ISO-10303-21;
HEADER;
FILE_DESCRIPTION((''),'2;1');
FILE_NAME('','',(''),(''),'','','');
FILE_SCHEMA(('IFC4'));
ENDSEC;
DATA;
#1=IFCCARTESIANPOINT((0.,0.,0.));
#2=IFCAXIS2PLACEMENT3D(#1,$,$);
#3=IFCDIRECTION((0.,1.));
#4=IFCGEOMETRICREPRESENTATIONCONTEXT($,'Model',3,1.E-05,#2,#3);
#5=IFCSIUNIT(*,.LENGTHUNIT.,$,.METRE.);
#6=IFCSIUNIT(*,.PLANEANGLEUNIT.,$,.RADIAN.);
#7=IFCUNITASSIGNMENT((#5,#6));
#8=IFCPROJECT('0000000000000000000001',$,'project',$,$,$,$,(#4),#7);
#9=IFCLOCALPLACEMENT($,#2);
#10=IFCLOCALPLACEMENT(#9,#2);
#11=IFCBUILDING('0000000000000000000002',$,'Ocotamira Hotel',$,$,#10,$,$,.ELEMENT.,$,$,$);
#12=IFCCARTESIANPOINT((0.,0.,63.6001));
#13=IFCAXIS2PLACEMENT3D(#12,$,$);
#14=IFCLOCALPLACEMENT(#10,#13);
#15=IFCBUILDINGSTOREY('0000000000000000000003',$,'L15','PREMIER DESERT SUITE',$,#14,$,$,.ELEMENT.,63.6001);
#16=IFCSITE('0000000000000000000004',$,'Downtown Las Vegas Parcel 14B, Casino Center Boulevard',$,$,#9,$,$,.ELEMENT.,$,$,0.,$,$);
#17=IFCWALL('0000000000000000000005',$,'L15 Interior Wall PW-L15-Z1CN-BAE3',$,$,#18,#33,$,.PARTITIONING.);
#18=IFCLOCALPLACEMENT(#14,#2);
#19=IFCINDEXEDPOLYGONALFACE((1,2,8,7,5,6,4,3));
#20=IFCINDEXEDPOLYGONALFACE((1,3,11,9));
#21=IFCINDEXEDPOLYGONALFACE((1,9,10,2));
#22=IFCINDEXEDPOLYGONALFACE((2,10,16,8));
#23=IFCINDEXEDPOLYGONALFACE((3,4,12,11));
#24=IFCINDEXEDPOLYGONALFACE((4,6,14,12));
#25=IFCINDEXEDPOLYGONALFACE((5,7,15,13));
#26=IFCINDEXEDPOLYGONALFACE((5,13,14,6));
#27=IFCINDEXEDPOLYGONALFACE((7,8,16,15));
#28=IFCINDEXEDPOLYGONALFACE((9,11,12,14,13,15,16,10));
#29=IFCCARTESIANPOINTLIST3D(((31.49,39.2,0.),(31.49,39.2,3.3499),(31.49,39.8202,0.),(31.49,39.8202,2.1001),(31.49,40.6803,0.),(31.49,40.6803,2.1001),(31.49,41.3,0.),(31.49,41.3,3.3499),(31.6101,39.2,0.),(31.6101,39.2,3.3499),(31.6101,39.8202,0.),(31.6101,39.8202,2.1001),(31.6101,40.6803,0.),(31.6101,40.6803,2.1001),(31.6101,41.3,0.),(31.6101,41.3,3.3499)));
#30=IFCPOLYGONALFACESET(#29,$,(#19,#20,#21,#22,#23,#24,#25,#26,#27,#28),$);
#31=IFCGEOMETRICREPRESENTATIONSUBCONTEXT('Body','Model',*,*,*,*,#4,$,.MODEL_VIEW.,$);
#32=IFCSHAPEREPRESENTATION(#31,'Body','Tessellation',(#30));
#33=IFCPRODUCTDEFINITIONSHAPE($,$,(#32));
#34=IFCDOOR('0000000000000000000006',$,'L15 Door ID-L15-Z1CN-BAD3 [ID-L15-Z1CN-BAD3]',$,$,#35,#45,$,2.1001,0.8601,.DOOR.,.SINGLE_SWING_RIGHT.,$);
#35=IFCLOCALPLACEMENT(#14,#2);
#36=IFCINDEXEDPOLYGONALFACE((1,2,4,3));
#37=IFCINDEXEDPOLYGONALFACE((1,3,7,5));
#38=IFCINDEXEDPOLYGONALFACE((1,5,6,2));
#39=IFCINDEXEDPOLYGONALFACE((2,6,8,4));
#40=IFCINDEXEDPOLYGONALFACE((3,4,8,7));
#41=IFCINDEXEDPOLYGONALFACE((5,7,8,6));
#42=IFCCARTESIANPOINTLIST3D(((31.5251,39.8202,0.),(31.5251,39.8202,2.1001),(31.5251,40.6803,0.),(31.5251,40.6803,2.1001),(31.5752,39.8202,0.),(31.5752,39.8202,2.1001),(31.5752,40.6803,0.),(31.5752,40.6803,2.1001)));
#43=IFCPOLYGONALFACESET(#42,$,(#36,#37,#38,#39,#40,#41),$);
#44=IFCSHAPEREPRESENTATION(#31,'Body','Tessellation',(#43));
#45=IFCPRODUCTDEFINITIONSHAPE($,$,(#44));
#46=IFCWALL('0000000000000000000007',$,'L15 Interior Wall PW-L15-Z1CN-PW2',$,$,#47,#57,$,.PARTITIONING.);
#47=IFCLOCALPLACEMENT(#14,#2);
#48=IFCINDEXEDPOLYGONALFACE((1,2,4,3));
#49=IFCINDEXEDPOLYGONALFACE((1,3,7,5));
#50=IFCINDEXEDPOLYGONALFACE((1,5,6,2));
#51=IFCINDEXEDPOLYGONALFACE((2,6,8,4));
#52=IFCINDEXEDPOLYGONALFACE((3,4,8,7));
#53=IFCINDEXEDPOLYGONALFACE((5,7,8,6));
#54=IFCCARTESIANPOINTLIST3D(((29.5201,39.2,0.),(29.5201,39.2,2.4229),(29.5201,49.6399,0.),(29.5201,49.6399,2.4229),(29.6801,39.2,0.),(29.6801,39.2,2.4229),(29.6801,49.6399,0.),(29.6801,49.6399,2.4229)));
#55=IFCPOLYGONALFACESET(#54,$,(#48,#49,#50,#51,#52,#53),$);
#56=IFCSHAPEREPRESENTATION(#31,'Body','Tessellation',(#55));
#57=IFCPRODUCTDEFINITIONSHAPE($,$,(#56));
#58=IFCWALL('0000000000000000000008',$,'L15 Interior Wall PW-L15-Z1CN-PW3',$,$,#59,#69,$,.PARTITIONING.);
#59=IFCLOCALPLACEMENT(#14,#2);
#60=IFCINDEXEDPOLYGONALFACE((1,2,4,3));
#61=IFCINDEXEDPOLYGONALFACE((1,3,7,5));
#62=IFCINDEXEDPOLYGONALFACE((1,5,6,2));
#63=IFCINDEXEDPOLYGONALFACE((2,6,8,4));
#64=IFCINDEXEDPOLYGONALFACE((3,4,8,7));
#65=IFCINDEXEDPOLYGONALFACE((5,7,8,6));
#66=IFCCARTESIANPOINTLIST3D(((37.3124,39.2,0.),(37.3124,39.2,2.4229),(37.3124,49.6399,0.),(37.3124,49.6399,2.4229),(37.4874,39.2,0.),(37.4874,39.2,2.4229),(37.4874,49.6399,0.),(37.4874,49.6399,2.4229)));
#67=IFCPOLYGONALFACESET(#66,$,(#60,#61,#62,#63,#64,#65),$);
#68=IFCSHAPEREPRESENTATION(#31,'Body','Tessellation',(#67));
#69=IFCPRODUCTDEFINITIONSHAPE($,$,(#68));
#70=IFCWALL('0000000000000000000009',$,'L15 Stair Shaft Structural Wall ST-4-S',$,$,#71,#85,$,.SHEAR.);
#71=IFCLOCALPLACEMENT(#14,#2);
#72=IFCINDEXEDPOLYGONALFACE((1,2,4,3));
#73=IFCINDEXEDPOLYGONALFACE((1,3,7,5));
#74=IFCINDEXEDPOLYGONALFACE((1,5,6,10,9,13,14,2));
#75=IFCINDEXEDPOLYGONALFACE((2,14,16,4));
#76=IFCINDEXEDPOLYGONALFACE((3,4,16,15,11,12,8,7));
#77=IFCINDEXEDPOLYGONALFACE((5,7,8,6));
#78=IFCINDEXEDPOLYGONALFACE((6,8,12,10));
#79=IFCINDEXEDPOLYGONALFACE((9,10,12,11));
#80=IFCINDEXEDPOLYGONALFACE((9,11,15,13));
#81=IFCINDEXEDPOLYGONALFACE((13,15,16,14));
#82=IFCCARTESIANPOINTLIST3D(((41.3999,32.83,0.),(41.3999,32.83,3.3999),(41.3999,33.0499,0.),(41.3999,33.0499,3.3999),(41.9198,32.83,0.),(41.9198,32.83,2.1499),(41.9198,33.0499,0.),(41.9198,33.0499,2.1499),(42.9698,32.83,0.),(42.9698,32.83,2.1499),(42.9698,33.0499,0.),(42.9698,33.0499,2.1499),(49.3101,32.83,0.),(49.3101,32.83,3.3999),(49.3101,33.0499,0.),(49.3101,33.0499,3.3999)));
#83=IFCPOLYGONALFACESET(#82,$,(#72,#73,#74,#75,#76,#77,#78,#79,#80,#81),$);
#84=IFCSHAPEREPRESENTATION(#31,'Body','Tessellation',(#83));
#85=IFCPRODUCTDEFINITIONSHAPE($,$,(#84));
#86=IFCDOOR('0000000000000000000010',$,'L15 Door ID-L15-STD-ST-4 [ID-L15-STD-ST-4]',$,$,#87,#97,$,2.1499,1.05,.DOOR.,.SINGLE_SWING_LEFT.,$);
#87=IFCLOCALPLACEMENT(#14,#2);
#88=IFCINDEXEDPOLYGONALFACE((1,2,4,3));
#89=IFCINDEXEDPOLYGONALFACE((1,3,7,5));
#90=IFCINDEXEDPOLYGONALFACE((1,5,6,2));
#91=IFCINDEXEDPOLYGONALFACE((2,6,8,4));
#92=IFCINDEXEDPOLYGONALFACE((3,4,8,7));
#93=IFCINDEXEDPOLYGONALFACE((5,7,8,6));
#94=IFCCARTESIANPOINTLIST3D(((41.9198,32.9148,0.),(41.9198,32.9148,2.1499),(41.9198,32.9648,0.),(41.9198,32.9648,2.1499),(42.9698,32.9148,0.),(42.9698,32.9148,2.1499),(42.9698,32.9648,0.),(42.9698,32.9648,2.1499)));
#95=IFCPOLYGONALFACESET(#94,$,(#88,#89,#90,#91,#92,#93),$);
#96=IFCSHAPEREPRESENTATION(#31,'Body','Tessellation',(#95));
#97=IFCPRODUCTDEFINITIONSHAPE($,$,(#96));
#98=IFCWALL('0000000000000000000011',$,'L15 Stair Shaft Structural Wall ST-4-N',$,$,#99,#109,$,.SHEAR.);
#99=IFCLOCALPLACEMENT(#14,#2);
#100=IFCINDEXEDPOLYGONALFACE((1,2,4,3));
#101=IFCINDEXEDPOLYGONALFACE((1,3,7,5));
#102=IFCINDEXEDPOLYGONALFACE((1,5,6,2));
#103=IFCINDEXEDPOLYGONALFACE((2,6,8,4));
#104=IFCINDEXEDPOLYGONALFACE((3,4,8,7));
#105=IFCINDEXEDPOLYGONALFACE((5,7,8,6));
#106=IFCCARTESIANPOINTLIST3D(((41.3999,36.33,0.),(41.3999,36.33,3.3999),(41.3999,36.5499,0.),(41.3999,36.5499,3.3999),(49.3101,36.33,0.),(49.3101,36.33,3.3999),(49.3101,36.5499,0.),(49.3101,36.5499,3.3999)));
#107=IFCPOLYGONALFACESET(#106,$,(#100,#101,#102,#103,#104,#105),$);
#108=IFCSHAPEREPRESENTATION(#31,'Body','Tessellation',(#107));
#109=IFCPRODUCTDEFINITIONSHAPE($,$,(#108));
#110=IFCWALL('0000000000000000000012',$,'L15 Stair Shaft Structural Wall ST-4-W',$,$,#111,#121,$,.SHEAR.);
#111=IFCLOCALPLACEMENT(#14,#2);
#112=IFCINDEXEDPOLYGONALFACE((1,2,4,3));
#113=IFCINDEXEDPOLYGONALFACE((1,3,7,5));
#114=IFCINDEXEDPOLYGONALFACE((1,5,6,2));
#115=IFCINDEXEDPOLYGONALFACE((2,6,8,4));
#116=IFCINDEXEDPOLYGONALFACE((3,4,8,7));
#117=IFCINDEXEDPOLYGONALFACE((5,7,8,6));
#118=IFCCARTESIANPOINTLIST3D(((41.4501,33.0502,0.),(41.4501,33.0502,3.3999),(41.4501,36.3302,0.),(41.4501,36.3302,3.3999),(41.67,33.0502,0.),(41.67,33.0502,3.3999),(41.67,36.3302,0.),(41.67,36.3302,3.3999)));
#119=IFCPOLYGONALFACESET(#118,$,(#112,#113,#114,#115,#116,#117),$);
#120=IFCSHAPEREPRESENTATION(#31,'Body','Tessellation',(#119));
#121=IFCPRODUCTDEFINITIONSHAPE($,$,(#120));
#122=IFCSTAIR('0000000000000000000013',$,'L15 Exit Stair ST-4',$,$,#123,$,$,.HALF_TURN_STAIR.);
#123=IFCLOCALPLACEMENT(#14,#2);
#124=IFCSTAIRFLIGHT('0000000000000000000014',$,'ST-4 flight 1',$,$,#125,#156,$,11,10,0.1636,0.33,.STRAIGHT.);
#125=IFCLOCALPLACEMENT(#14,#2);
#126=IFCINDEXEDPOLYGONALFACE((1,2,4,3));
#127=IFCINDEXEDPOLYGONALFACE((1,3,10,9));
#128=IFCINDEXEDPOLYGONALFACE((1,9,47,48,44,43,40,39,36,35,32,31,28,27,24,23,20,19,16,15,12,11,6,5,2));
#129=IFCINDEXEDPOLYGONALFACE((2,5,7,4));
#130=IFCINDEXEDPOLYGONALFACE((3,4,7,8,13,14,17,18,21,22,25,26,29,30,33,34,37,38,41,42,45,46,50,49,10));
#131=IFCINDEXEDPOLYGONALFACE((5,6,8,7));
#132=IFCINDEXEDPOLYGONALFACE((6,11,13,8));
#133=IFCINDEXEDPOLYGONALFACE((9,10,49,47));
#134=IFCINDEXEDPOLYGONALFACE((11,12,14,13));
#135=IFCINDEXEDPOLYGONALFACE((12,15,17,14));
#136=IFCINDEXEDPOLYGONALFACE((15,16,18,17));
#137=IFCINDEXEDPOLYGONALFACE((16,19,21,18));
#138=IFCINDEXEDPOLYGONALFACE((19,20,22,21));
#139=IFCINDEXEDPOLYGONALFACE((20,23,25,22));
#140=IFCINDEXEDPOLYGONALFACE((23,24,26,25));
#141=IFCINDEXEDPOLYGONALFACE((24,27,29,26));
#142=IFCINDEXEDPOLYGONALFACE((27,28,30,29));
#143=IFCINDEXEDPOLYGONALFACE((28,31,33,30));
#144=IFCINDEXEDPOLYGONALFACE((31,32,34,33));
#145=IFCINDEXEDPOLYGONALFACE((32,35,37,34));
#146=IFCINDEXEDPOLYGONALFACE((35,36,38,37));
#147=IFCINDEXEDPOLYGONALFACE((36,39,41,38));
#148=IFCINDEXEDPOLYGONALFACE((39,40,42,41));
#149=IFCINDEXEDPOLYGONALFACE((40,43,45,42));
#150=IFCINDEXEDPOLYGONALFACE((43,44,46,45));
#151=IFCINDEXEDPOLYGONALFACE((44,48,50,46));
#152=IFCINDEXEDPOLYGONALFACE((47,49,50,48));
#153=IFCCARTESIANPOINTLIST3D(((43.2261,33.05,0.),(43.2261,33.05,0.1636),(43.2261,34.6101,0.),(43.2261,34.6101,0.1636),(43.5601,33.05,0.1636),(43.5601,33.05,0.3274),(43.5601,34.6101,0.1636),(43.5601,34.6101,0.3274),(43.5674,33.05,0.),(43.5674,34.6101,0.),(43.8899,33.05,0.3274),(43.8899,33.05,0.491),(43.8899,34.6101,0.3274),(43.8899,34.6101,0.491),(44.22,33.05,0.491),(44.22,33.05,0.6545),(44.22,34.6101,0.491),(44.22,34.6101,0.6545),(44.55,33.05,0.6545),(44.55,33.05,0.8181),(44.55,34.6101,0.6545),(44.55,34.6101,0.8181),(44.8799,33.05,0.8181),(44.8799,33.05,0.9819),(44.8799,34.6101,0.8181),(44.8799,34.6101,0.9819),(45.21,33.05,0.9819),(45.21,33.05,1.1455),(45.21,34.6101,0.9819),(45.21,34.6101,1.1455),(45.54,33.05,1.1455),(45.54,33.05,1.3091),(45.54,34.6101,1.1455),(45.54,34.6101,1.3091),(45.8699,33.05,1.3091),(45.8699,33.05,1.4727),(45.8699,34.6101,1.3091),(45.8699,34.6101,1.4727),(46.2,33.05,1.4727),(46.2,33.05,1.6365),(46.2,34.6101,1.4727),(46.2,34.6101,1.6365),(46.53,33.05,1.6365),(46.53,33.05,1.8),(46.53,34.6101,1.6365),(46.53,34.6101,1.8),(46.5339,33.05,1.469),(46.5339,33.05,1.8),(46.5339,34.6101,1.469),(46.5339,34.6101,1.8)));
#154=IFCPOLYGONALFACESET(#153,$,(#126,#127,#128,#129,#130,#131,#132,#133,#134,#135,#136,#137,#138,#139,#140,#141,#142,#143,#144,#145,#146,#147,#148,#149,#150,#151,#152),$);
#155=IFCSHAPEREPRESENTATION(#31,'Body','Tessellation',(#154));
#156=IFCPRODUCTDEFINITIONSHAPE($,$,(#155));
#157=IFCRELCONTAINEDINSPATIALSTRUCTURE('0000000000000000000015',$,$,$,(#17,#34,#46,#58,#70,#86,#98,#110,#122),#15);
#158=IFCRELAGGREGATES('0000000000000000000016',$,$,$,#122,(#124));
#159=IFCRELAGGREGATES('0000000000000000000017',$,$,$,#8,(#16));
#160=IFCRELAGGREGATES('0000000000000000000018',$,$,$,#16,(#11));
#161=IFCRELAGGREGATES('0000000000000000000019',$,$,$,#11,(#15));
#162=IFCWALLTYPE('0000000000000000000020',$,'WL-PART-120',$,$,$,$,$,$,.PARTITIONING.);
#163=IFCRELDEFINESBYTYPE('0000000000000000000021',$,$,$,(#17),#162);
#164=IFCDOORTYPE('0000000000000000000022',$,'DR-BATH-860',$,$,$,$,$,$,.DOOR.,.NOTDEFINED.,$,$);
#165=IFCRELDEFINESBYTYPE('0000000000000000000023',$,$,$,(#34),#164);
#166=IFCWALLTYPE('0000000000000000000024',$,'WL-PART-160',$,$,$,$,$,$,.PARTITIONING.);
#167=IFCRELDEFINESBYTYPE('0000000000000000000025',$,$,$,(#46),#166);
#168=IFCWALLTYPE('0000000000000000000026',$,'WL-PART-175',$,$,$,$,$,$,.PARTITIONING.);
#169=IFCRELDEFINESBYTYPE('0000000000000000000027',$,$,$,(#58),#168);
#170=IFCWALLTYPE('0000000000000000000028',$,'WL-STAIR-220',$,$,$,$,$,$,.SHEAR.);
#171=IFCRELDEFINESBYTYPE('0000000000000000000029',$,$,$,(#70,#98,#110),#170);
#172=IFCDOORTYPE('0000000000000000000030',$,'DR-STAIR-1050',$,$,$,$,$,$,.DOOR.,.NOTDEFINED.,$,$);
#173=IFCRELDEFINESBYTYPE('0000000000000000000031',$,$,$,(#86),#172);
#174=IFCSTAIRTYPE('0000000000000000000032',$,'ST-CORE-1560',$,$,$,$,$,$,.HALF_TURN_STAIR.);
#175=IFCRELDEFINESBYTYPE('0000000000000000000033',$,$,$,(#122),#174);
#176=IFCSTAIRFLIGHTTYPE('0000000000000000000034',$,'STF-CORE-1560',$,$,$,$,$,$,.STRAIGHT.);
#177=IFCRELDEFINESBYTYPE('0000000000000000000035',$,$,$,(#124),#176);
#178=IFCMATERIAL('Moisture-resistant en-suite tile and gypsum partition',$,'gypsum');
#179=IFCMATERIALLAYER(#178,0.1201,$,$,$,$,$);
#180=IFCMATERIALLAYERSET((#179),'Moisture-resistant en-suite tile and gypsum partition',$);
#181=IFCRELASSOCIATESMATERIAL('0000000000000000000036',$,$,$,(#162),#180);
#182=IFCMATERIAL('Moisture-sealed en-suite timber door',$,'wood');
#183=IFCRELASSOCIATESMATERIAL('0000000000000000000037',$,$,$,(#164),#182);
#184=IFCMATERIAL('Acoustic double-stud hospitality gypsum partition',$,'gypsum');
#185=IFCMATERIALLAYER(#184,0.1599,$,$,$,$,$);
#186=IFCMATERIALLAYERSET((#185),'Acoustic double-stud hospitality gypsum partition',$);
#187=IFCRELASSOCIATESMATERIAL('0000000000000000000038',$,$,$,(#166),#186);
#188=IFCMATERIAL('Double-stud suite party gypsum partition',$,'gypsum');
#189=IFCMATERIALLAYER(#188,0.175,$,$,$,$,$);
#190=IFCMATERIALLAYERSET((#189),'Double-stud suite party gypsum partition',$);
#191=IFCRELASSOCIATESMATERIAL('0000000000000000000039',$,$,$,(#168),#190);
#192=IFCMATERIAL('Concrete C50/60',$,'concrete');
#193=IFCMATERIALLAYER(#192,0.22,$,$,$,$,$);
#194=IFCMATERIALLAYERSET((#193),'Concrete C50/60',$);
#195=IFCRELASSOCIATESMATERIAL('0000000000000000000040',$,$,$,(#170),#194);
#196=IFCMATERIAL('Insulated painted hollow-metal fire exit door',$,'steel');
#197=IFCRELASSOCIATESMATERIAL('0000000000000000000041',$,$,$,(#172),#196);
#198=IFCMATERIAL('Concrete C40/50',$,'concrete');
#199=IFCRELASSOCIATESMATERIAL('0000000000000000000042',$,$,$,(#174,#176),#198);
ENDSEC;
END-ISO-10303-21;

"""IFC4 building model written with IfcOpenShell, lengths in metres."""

from ifc_helpers import new_model, si_unit, direction, frame, frame_2d, origin, place, context, subcontext, project, spatial, polyline, rectangle, outline, extrude, source, transform, mapped, material, layer, layer_set, type_object, element, fill, aggregate, save


model = new_model("IFC4")

# Units and contexts
model_context = context("Model", 3, precision=1e-05, world=origin(), true_north=direction((0.0, 1.0)))
body_context = subcontext(model_context, "Body", "Model", "MODEL_VIEW")
ifc_project = project(units=[si_unit("LENGTHUNIT", "METRE"), si_unit("PLANEANGLEUNIT", "RADIAN")], contexts=[model_context])

# Site, building, storey
site_placement = place(None, origin())
site = spatial("IfcSite", under=ifc_project, at=site_placement, Name="Downtown Las Vegas Parcel 14B, Casino Center Boulevard", CompositionType="ELEMENT", RefElevation=0.0)
building_placement = place(site_placement, origin())
building = spatial("IfcBuilding", under=site, at=building_placement, Name="Ocotamira Hotel", CompositionType="ELEMENT")
storey_placement = place(building_placement, frame((0.0, 0.0, 63.6001)))
storey = spatial("IfcBuildingStorey", under=building, at=storey_placement, Name="L15", Description="PREMIER DESERT SUITE", CompositionType="ELEMENT", Elevation=63.6001)

# Wall, opening, door
ifc_material_1 = material(Name="Moisture-resistant en-suite tile and gypsum partition", Category="gypsum")
ifc_layer_1 = layer(ifc_material_1, 0.1201)
ifc_layer_set_1 = layer_set([ifc_layer_1], Name="Moisture-resistant en-suite tile and gypsum partition")
wall_type_1 = type_object("IfcWallType", Name="WL-PART-120", PredefinedType="PARTITIONING", material=ifc_layer_set_1)
wall_1_placement = place(storey_placement, frame((31.55, 39.2, 0.0), z_axis=(0.0, 0.0, 1.0), x_axis=(0.0, 1.0, 0.0)))
wall_1 = element("IfcWall", 1, at=wall_1_placement, inside=storey, type_object=wall_type_1, Name="L15 Interior Wall PW-L15-Z1CN-BAE3", PredefinedType="PARTITIONING", context=body_context, shape_type="SweptSolid", body=[
    extrude(rectangle(XDim=2.1001, YDim=0.1201, at=frame_2d((1.05, 0.0))), origin(), (0.0, 0.0, 1.0), 3.3499),
])
opening_1_placement = place(wall_1_placement, frame((0.6201, 0.0, 0.0)))
opening_1 = element("IfcOpeningElement", 2, at=opening_1_placement, cuts=wall_1, PredefinedType="OPENING", context=body_context, shape_type="SweptSolid", body=[
    extrude(rectangle(XDim=0.8601, YDim=2.1001, at=frame_2d((0.4302, 1.05))), frame((0.0, 0.0701, 0.0), z_axis=(0.0, -1.0, 0.0), x_axis=(1.0, 0.0, 0.0)), (0.0, 0.0, 1.0), 0.1401),
])
ifc_material_2 = material(Name="Moisture-sealed en-suite timber door", Category="wood")
door_type_1 = type_object("IfcDoorType", Name="DR-BATH-860", OperationType="NOTDEFINED", PredefinedType="DOOR", material=ifc_material_2)
shared_shape_1 = source(origin(), body_context, "Body", "SweptSolid", [
    extrude(rectangle(XDim=0.8601, YDim=2.1001, at=frame_2d((0.4302, 1.05))), frame((0.0, 0.0249, 0.0), z_axis=(0.0, -1.0, 0.0), x_axis=(1.0, 0.0, 0.0)), (0.0, 0.0, 1.0), 0.05),
])
door_1_placement = place(opening_1_placement, origin())
door_1 = element("IfcDoor", 3, at=door_1_placement, inside=storey, type_object=door_type_1, Name="L15 Door ID-L15-Z1CN-BAD3 [ID-L15-Z1CN-BAD3]", OperationType="SINGLE_SWING_RIGHT", OverallHeight=2.1001, OverallWidth=0.8601, PredefinedType="DOOR", context=body_context, shape_type="MappedRepresentation", body=[
    mapped(shared_shape_1, transform((0.0, 0.0, 0.0), scale=1.0)),
])
fill(opening_1, door_1)

# Walls
ifc_material_3 = material(Name="Acoustic double-stud hospitality gypsum partition", Category="gypsum")
ifc_layer_2 = layer(ifc_material_3, 0.1599)
ifc_layer_set_2 = layer_set([ifc_layer_2], Name="Acoustic double-stud hospitality gypsum partition")
wall_type_2 = type_object("IfcWallType", Name="WL-PART-160", PredefinedType="PARTITIONING", material=ifc_layer_set_2)
wall_2_placement = place(storey_placement, frame((29.6001, 39.2, 0.0), z_axis=(0.0, 0.0, 1.0), x_axis=(0.0, 1.0, 0.0)))
element("IfcWall", 4, at=wall_2_placement, inside=storey, type_object=wall_type_2, Name="L15 Interior Wall PW-L15-Z1CN-PW2", PredefinedType="PARTITIONING", context=body_context, shape_type="SweptSolid", body=[
    extrude(rectangle(XDim=10.4399, YDim=0.1599, at=frame_2d((5.22, 0.0))), origin(), (0.0, 0.0, 1.0), 2.4229),
])
ifc_material_4 = material(Name="Double-stud suite party gypsum partition", Category="gypsum")
ifc_layer_3 = layer(ifc_material_4, 0.175)
ifc_layer_set_3 = layer_set([ifc_layer_3], Name="Double-stud suite party gypsum partition")
wall_type_3 = type_object("IfcWallType", Name="WL-PART-175", PredefinedType="PARTITIONING", material=ifc_layer_set_3)
wall_3_placement = place(storey_placement, frame((37.3999, 39.2, 0.0), z_axis=(0.0, 0.0, 1.0), x_axis=(0.0, 1.0, 0.0)))
element("IfcWall", 5, at=wall_3_placement, inside=storey, type_object=wall_type_3, Name="L15 Interior Wall PW-L15-Z1CN-PW3", PredefinedType="PARTITIONING", context=body_context, shape_type="SweptSolid", body=[
    extrude(rectangle(XDim=10.4399, YDim=0.175, at=frame_2d((5.22, 0.0))), origin(), (0.0, 0.0, 1.0), 2.4229),
])

# Wall, opening, door
ifc_material_5 = material(Name="Concrete C50/60", Category="concrete")
ifc_layer_4 = layer(ifc_material_5, 0.22)
ifc_layer_set_4 = layer_set([ifc_layer_4], Name="Concrete C50/60")
wall_type_4 = type_object("IfcWallType", Name="WL-STAIR-220", PredefinedType="SHEAR", material=ifc_layer_set_4)
wall_4_placement = place(storey_placement, frame((41.3999, 32.9399, 0.0), z_axis=(0.0, 0.0, 1.0), x_axis=(1.0, 0.0, 0.0)))
wall_4 = element("IfcWall", 6, at=wall_4_placement, inside=storey, type_object=wall_type_4, Name="L15 Stair Shaft Structural Wall ST-4-S", PredefinedType="SHEAR", context=body_context, shape_type="SweptSolid", body=[
    extrude(rectangle(XDim=7.9102, YDim=0.22, at=frame_2d((3.9551, 0.0))), origin(), (0.0, 0.0, 1.0), 3.3999),
])
opening_2_placement = place(wall_4_placement, frame((0.52, 0.0, 0.0)))
opening_2 = element("IfcOpeningElement", 7, at=opening_2_placement, cuts=wall_4, PredefinedType="OPENING", context=body_context, shape_type="SweptSolid", body=[
    extrude(rectangle(XDim=1.05, YDim=2.1499, at=frame_2d((0.5249, 1.075))), frame((0.0, 0.1201, 0.0), z_axis=(0.0, -1.0, 0.0), x_axis=(1.0, 0.0, 0.0)), (0.0, 0.0, 1.0), 0.24),
])
ifc_material_6 = material(Name="Insulated painted hollow-metal fire exit door", Category="steel")
door_type_2 = type_object("IfcDoorType", Name="DR-STAIR-1050", OperationType="NOTDEFINED", PredefinedType="DOOR", material=ifc_material_6)
shared_shape_2 = source(origin(), body_context, "Body", "SweptSolid", [
    extrude(rectangle(XDim=1.05, YDim=2.1499, at=frame_2d((0.5249, 1.075))), frame((0.0, 0.0249, 0.0), z_axis=(0.0, -1.0, 0.0), x_axis=(1.0, 0.0, 0.0)), (0.0, 0.0, 1.0), 0.05),
])
door_2_placement = place(opening_2_placement, origin())
door_2 = element("IfcDoor", 8, at=door_2_placement, inside=storey, type_object=door_type_2, Name="L15 Door ID-L15-STD-ST-4 [ID-L15-STD-ST-4]", OperationType="SINGLE_SWING_LEFT", OverallHeight=2.1499, OverallWidth=1.05, PredefinedType="DOOR", context=body_context, shape_type="MappedRepresentation", body=[
    mapped(shared_shape_2, transform((0.0, 0.0, 0.0), scale=1.0)),
])
fill(opening_2, door_2)

# Walls
wall_5_placement = place(storey_placement, frame((41.3999, 36.4399, 0.0), z_axis=(0.0, 0.0, 1.0), x_axis=(1.0, 0.0, 0.0)))
element("IfcWall", 9, at=wall_5_placement, inside=storey, type_object=wall_type_4, Name="L15 Stair Shaft Structural Wall ST-4-N", PredefinedType="SHEAR", context=body_context, shape_type="SweptSolid", body=[
    extrude(rectangle(XDim=7.9102, YDim=0.22, at=frame_2d((3.9551, 0.0))), origin(), (0.0, 0.0, 1.0), 3.3999),
])
wall_6_placement = place(storey_placement, frame((41.5601, 33.05, 0.0), z_axis=(0.0, 0.0, 1.0), x_axis=(0.0, 1.0, 0.0)))
element("IfcWall", 10, at=wall_6_placement, inside=storey, type_object=wall_type_4, Name="L15 Stair Shaft Structural Wall ST-4-W", PredefinedType="SHEAR", context=body_context, shape_type="SweptSolid", body=[
    extrude(rectangle(XDim=3.28, YDim=0.22, at=frame_2d((1.6401, 0.0))), origin(), (0.0, 0.0, 1.0), 3.3999),
])

# Stair, stair flight
ifc_material_7 = material(Name="Concrete C40/50", Category="concrete")
stair_type = type_object("IfcStairType", Name="ST-CORE-1560", PredefinedType="HALF_TURN_STAIR", material=ifc_material_7)
stair_placement = place(storey_placement, origin())
stair = element("IfcStair", 11, at=stair_placement, inside=storey, type_object=stair_type, Name="L15 Exit Stair ST-4", PredefinedType="HALF_TURN_STAIR")
stair_flight_type = type_object("IfcStairFlightType", Name="STF-CORE-1560", PredefinedType="STRAIGHT", material=ifc_material_7)
shared_shape_3 = source(origin(), body_context, "Body", "SweptSolid", [
    extrude(outline(polyline([(-0.0039, 0.0), (-0.0039, 0.1636), (0.3301, 0.1636), (0.3301, 0.3274), (0.6599, 0.3274), (0.6599, 0.491), (0.99, 0.491), (0.99, 0.6545), (1.3201, 0.6545), (1.3201, 0.8181), (1.6499, 0.8181), (1.6499, 0.9819), (1.98, 0.9819), (1.98, 1.1455), (2.3101, 1.1455), (2.3101, 1.3091), (2.6399, 1.3091), (2.6399, 1.4727), (2.97, 1.4727), (2.97, 1.6365), (3.3, 1.6365), (3.3, 1.8), (3.304, 1.8), (3.304, 1.469), (0.3374, 0.0), (-0.0039, 0.0)])), frame((0.0, 0.78, 0.0), z_axis=(0.0, -1.0, 0.0), x_axis=(1.0, 0.0, 0.0)), (0.0, 0.0, 1.0), 1.5601),
])
stair_flight_placement = place(storey_placement, frame((43.23, 33.8301, 0.0), z_axis=(0.0, 0.0, 1.0), x_axis=(1.0, 0.0, 0.0)))
stair_flight = element("IfcStairFlight", 12, at=stair_flight_placement, type_object=stair_flight_type, Name="ST-4 flight 1", NumberOfRisers=11, NumberOfTreads=10, PredefinedType="STRAIGHT", RiserHeight=0.1636, TreadLength=0.33, context=body_context, shape_type="MappedRepresentation", body=[
    mapped(shared_shape_3, transform((0.0, 0.0, 0.0), scale=1.0)),
])
aggregate(stair, [stair_flight])

save(model, "model.ifc")
